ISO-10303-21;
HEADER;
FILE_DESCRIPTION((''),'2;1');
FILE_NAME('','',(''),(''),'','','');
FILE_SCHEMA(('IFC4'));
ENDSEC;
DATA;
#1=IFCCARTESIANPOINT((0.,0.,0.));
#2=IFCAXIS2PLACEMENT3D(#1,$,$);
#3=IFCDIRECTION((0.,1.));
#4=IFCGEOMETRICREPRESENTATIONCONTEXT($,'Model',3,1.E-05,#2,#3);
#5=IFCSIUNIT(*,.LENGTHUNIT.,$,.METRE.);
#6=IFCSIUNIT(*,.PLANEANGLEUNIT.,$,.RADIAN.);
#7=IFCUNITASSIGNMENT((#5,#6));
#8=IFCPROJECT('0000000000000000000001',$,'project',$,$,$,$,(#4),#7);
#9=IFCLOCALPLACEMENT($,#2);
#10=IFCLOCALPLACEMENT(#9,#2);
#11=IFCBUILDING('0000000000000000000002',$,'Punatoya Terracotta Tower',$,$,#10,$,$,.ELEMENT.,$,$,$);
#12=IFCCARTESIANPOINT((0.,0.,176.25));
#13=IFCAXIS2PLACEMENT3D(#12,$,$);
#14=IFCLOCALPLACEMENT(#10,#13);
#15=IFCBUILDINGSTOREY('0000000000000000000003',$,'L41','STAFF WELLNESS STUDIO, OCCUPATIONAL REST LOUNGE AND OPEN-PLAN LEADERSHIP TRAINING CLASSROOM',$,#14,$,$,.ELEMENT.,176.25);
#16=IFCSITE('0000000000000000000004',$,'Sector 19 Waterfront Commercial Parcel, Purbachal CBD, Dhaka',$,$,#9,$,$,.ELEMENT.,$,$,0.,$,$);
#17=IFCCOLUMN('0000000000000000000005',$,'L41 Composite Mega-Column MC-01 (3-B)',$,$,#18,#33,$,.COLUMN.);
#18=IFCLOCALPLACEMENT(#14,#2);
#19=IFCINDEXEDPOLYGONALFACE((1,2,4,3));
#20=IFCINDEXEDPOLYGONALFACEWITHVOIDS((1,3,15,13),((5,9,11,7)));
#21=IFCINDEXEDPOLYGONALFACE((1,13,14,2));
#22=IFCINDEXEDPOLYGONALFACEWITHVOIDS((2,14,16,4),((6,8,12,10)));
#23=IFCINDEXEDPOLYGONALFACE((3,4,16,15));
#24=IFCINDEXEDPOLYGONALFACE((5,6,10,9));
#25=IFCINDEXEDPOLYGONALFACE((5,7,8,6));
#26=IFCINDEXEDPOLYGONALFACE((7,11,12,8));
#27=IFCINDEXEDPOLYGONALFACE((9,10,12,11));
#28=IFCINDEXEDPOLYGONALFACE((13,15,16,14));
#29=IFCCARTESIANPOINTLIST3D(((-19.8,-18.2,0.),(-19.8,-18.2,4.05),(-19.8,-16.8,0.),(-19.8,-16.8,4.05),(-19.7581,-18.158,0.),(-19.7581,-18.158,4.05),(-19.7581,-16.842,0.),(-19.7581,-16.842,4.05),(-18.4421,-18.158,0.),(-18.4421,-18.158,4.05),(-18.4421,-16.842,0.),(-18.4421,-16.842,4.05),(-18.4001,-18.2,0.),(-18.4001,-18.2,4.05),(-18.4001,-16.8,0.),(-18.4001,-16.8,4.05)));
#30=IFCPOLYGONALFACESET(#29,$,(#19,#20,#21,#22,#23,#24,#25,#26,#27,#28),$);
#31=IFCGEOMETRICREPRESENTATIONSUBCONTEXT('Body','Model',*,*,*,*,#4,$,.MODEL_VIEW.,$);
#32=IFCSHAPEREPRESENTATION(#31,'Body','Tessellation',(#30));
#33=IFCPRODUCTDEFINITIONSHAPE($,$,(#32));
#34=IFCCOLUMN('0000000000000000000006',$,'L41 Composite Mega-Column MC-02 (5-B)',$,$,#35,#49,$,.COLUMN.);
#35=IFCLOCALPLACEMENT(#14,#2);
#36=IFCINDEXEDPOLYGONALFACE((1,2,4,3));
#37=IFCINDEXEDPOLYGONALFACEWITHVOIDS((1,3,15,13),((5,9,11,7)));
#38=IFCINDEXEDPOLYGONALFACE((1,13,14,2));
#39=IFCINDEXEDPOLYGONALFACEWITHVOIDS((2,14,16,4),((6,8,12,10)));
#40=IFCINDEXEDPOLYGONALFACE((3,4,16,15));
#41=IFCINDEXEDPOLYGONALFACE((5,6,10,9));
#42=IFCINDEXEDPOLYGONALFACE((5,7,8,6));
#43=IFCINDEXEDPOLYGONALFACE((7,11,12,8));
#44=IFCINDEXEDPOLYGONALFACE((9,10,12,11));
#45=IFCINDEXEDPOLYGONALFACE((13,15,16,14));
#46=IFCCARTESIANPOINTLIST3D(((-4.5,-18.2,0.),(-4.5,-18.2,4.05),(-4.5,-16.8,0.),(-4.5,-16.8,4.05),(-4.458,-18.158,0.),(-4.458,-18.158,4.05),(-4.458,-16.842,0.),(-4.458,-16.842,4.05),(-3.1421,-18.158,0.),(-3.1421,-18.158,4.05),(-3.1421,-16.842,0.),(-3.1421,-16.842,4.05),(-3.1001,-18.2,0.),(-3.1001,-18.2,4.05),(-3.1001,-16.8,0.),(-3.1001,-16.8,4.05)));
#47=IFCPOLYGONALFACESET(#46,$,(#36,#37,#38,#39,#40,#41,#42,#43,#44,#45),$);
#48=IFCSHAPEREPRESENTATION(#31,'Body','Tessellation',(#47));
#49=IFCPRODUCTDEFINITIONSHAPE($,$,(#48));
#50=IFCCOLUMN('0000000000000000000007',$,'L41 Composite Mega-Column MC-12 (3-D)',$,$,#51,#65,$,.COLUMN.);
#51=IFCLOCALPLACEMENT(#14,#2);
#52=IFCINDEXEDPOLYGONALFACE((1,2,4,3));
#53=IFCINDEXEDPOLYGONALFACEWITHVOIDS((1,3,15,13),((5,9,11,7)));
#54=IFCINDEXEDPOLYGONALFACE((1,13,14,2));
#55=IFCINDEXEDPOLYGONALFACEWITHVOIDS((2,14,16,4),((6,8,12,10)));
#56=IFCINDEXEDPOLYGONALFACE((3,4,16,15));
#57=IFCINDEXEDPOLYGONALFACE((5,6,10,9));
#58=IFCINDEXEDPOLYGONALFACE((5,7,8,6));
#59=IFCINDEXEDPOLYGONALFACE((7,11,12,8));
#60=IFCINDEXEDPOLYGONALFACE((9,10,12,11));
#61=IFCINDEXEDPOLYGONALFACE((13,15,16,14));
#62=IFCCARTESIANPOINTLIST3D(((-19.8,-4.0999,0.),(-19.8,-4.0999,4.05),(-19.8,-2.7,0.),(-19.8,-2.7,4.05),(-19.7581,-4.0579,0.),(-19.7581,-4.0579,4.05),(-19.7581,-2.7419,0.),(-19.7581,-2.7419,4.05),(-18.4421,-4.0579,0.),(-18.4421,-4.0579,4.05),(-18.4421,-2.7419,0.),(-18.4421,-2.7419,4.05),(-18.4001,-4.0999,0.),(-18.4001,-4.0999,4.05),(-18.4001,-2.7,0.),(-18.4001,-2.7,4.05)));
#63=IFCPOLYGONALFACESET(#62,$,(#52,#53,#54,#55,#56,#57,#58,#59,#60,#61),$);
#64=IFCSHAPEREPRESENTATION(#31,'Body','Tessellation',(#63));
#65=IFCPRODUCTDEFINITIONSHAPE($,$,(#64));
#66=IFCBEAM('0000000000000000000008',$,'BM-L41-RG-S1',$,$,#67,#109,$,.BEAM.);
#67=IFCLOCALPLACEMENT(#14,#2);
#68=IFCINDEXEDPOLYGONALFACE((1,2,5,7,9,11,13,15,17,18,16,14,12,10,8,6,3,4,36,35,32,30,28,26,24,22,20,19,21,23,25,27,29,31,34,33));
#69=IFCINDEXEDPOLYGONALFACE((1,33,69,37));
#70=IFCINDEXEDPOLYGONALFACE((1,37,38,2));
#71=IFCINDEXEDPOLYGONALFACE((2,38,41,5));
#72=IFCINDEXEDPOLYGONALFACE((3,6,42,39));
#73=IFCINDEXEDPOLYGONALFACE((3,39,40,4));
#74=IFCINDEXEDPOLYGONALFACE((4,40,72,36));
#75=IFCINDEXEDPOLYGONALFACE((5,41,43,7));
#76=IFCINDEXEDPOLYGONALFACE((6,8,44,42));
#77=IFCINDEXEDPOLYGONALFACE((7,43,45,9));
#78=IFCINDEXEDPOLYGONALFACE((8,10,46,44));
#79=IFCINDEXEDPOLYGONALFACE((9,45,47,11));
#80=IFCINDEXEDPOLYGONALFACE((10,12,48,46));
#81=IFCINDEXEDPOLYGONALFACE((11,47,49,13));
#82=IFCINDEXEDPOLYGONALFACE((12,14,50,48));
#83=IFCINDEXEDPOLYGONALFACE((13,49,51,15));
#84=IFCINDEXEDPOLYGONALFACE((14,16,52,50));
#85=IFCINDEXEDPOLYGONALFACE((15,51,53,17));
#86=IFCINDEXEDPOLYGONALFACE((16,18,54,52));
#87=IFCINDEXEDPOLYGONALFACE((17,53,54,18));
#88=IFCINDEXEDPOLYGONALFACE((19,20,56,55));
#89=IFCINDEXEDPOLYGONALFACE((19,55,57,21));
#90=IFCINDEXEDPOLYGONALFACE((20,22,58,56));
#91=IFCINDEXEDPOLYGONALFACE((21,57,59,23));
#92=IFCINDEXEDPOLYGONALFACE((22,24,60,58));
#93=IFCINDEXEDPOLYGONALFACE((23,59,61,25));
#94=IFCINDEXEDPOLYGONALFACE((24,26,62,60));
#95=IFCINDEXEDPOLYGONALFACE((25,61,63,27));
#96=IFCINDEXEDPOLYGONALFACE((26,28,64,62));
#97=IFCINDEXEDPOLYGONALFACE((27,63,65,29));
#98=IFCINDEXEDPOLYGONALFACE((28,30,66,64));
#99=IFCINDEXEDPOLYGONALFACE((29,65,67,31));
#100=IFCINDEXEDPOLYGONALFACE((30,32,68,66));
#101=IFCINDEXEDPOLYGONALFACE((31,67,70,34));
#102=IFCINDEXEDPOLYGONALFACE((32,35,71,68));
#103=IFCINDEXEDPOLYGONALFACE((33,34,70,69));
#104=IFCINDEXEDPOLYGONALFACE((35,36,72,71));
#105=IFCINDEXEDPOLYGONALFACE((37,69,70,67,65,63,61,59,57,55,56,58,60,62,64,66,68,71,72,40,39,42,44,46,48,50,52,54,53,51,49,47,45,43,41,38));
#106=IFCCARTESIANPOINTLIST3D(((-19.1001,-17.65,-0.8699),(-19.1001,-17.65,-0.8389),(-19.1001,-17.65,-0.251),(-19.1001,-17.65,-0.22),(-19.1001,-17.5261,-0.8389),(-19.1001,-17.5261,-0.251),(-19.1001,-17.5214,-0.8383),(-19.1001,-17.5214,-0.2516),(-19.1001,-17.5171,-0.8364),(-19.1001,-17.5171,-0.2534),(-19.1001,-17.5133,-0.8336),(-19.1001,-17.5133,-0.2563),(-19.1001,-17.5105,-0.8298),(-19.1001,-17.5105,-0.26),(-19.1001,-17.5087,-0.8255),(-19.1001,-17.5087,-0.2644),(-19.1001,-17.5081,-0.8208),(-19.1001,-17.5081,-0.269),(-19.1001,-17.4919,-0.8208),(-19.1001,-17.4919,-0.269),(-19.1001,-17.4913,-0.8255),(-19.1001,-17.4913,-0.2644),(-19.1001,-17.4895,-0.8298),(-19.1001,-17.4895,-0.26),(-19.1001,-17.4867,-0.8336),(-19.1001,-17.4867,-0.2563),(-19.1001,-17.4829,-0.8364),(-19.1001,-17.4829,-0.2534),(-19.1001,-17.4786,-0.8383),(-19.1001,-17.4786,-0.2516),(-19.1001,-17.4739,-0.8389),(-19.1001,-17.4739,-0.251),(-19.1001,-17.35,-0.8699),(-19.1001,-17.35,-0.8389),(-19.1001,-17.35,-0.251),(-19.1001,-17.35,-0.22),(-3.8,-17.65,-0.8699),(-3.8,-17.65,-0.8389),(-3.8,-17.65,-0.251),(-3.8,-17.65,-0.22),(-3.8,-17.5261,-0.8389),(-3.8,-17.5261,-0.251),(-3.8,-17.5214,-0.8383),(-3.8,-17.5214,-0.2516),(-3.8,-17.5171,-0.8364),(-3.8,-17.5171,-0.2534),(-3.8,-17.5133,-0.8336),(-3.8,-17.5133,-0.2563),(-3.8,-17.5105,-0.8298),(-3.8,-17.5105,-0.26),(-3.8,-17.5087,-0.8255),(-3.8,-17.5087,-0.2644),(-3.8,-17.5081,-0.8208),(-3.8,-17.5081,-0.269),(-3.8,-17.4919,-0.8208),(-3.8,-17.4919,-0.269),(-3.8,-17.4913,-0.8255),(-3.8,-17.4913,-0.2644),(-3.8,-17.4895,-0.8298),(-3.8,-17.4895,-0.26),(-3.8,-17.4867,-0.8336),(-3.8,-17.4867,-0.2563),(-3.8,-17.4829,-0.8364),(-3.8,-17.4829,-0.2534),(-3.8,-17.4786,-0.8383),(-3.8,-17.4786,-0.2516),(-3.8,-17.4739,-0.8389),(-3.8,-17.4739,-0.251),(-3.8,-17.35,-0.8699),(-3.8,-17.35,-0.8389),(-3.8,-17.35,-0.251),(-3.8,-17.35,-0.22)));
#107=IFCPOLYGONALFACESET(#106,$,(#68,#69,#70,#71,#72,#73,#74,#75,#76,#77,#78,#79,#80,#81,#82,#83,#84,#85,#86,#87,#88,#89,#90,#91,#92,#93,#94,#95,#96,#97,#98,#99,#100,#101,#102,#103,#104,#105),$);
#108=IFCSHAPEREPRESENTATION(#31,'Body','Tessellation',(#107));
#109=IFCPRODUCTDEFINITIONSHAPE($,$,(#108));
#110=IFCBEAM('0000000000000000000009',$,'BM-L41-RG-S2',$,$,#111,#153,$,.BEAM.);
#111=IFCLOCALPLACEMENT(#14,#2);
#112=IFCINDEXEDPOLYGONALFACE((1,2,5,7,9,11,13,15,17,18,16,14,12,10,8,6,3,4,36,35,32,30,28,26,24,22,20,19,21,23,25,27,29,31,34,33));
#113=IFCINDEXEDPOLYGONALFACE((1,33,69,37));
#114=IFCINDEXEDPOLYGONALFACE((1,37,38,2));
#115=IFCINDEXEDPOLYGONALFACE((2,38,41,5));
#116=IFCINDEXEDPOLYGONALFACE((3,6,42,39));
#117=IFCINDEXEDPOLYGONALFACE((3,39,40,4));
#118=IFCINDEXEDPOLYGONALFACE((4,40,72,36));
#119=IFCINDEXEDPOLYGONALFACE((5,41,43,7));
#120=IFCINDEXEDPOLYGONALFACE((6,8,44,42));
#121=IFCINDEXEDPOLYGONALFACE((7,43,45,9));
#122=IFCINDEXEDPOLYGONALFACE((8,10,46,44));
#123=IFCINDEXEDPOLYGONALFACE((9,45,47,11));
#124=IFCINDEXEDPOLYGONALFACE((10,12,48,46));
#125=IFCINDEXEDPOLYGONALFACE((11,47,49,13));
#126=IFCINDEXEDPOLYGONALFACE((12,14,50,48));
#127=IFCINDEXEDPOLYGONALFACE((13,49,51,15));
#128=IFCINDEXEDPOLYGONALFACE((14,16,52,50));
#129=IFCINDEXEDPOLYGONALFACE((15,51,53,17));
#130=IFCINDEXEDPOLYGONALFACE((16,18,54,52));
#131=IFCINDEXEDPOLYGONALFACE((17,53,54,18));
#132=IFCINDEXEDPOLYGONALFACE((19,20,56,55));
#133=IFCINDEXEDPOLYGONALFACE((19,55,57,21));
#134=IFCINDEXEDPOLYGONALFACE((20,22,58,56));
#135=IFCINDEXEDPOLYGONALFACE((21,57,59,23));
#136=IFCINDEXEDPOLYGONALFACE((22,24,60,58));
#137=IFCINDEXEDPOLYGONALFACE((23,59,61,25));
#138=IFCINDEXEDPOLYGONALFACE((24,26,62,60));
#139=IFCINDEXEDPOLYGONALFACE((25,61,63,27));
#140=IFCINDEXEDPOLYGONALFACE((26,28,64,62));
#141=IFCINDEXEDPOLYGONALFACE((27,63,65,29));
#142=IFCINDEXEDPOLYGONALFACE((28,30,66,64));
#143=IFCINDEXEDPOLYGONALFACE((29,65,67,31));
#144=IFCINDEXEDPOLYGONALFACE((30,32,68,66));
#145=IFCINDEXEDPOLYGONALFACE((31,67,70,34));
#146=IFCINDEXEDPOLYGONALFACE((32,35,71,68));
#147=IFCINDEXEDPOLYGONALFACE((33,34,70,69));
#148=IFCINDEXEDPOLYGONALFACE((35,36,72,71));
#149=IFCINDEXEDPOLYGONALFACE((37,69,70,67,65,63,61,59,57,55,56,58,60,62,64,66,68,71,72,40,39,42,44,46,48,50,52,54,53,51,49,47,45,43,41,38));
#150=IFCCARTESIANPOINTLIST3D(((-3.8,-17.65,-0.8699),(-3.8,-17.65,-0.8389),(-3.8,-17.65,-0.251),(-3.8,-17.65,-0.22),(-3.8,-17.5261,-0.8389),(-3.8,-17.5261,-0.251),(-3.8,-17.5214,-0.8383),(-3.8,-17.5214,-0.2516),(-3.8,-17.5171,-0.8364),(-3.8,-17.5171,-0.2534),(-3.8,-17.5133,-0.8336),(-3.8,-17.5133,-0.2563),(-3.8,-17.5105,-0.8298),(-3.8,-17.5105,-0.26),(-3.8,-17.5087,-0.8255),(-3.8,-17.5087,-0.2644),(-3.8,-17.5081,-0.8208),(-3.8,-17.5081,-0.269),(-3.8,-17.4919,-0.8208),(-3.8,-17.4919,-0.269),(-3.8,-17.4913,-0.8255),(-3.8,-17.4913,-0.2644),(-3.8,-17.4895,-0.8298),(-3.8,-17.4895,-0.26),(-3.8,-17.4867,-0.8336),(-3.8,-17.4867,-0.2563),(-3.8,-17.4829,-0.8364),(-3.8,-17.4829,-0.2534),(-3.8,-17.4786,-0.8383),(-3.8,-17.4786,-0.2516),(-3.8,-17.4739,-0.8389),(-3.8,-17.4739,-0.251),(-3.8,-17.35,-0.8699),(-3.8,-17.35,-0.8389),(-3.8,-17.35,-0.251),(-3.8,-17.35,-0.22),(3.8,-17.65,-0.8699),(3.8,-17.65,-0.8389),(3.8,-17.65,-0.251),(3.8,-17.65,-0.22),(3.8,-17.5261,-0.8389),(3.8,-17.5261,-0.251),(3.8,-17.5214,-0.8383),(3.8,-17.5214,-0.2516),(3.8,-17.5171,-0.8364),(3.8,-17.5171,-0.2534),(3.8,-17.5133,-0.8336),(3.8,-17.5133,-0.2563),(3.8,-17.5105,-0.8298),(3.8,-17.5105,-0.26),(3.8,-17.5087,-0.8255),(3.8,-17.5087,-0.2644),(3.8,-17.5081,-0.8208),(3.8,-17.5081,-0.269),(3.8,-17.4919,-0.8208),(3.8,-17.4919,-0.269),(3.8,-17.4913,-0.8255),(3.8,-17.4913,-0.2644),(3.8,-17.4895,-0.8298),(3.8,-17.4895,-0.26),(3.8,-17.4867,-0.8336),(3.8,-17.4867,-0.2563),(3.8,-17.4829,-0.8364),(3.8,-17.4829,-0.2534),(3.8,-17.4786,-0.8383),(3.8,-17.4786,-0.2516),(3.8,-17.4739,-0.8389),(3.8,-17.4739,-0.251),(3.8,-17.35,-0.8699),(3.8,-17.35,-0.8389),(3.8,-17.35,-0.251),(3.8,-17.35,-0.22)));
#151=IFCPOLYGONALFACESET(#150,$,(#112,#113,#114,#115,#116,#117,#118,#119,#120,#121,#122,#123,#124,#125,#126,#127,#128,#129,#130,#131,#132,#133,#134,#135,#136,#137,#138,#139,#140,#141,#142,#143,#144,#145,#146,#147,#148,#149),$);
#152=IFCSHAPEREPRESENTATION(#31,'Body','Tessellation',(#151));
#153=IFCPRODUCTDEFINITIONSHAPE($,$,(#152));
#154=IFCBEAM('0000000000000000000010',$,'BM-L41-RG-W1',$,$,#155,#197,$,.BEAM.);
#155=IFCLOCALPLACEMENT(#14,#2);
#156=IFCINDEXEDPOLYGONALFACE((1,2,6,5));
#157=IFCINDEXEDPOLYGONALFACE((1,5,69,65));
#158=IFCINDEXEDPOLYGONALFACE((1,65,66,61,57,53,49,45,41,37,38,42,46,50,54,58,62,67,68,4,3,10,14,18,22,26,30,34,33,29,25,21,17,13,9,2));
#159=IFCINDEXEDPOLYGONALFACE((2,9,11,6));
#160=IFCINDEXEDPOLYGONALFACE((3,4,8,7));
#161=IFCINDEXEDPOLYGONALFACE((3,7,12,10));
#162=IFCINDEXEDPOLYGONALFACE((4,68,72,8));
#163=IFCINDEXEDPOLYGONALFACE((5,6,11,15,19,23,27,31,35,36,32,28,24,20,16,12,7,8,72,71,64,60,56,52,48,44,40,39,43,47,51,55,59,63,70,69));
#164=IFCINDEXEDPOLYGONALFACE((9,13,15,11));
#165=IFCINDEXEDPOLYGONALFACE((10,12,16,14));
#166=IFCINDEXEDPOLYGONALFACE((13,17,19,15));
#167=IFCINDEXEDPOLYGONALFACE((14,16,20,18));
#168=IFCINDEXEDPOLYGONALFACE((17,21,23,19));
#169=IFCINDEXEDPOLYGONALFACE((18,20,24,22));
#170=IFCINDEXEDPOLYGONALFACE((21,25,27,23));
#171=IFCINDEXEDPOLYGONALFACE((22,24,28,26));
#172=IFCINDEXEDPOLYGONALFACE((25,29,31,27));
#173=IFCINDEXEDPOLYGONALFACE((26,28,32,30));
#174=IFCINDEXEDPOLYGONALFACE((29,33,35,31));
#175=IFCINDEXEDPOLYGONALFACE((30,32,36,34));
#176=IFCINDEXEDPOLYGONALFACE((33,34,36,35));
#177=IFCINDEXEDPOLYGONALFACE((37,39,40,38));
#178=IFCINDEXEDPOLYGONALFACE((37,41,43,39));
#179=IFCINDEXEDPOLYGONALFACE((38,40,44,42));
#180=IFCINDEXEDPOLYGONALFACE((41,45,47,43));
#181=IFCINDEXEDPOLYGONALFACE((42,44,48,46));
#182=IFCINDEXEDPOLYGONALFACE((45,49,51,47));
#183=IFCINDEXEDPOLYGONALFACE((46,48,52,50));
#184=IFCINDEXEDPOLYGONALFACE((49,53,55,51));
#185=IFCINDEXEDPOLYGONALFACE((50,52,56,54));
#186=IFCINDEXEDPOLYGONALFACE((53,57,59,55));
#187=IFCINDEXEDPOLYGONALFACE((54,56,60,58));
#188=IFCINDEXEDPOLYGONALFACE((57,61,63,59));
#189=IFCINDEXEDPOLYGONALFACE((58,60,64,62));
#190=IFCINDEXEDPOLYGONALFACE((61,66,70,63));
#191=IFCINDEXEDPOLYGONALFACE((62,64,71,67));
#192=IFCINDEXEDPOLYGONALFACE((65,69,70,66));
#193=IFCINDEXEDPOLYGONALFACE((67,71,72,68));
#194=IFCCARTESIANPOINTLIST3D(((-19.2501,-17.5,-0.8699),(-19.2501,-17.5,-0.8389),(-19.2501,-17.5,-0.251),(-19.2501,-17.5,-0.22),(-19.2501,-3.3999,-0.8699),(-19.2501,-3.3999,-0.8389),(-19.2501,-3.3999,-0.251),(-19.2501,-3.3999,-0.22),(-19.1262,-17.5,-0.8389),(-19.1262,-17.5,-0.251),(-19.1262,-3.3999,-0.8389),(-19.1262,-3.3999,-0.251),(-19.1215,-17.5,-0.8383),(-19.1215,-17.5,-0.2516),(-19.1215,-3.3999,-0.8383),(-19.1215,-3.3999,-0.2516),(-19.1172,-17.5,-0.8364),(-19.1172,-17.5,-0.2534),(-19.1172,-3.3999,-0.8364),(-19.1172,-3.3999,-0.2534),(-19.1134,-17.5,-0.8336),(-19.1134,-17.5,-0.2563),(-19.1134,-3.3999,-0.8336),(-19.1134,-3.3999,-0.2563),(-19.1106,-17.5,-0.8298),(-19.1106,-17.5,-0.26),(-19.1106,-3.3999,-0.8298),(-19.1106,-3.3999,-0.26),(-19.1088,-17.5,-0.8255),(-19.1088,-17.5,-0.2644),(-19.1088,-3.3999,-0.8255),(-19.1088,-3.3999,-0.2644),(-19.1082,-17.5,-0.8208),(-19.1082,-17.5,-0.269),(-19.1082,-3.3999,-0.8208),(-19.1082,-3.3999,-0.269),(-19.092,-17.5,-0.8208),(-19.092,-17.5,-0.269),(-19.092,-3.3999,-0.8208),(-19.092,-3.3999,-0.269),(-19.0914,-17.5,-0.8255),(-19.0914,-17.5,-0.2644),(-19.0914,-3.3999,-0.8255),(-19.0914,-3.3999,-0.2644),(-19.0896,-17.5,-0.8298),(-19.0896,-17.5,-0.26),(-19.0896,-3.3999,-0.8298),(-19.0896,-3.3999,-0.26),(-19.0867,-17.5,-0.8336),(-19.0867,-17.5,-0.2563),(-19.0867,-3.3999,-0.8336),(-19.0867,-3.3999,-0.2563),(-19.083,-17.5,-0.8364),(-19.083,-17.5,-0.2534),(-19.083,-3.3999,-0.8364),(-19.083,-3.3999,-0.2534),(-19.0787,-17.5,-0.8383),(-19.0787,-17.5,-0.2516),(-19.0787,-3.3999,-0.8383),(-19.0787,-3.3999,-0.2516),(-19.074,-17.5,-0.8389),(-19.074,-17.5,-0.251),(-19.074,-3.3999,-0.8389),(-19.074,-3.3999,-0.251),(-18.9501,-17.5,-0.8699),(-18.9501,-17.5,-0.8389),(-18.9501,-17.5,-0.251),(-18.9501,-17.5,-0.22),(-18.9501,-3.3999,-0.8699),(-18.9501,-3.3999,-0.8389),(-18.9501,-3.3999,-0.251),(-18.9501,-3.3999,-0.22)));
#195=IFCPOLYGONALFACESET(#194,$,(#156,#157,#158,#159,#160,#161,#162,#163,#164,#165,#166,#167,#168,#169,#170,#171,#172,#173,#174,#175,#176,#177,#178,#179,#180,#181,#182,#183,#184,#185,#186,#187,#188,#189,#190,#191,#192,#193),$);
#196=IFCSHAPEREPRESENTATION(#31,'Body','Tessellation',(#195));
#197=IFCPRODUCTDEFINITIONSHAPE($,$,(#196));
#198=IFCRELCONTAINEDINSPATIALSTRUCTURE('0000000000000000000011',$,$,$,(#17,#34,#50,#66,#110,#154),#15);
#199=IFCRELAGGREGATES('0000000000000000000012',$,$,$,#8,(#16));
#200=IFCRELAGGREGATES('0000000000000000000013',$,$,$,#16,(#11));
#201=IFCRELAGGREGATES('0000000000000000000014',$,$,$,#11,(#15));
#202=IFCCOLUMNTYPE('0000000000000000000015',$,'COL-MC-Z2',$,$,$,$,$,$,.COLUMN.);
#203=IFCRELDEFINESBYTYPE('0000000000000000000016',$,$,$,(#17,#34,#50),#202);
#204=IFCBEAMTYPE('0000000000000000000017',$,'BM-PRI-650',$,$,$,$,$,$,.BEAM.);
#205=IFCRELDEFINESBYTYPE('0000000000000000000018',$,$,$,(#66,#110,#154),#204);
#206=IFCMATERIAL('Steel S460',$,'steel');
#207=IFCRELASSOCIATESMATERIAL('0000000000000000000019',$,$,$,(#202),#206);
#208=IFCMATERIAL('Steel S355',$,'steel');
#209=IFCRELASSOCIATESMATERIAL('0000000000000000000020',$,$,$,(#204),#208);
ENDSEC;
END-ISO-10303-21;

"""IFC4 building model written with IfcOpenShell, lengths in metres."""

from ifc_helpers import new_model, si_unit, direction, frame, origin, origin_2d, place, context, subcontext, project, spatial, hollow_rectangle, i_section, extrude, material, material_profile, profile_set, type_object, element, save


model = new_model("IFC4")

# Units and contexts
model_context = context("Model", 3, precision=1e-05, world=origin(), true_north=direction((0.0, 1.0)))
body_context = subcontext(model_context, "Body", "Model", "MODEL_VIEW")
ifc_project = project(units=[si_unit("LENGTHUNIT", "METRE"), si_unit("PLANEANGLEUNIT", "RADIAN")], contexts=[model_context])

# Site, building, storey
site_placement = place(None, origin())
site = spatial("IfcSite", under=ifc_project, at=site_placement, Name="Sector 19 Waterfront Commercial Parcel, Purbachal CBD, Dhaka", CompositionType="ELEMENT", RefElevation=0.0)
building_placement = place(site_placement, origin())
building = spatial("IfcBuilding", under=site, at=building_placement, Name="Punatoya Terracotta Tower", CompositionType="ELEMENT")
storey_placement = place(building_placement, frame((0.0, 0.0, 176.25)))
storey = spatial("IfcBuildingStorey", under=building, at=storey_placement, Name="L41", Description="STAFF WELLNESS STUDIO, OCCUPATIONAL REST LOUNGE AND OPEN-PLAN LEADERSHIP TRAINING CLASSROOM", CompositionType="ELEMENT", Elevation=176.25)

# Columns
ifc_material_1 = material(Name="Steel S460", Category="steel")
ifc_material_profile_1 = material_profile(ifc_material_1, hollow_rectangle(XDim=1.3999, YDim=1.3999, WallThickness=0.042, at=origin_2d()))
ifc_profile_set_1 = profile_set([ifc_material_profile_1], Name="Steel S460")
column_type = type_object("IfcColumnType", Name="COL-MC-Z2", PredefinedType="COLUMN", material=ifc_profile_set_1)
for number, where, z_axis, x_axis, name in (
    (1, (-19.1001, -17.5, 0.0), (0.0, 0.0, 1.0), (1.0, 0.0, 0.0), "L41 Composite Mega-Column MC-01 (3-B)"),
    (2, (-3.8, -17.5, 0.0), (0.0, 0.0, 1.0), (1.0, 0.0, 0.0), "L41 Composite Mega-Column MC-02 (5-B)"),
    (3, (-19.1001, -3.3999, 0.0), (0.0, 0.0, 1.0), (1.0, 0.0, 0.0), "L41 Composite Mega-Column MC-12 (3-D)"),
):
    element("IfcColumn", number, at=place(storey_placement, frame(where, z_axis=z_axis, x_axis=x_axis)), inside=storey, type_object=column_type, Name=name, PredefinedType="COLUMN", context=body_context, shape_type="SweptSolid", body=[
        extrude(hollow_rectangle(XDim=1.3999, YDim=1.3999, WallThickness=0.042, at=origin_2d()), origin(), (0.0, 0.0, 1.0), 4.05),
    ])

# Beams
ifc_material_2 = material(Name="Steel S355", Category="steel")
ifc_material_profile_2 = material_profile(ifc_material_2, i_section(OverallWidth=0.3, OverallDepth=0.6499, WebThickness=0.0161, FlangeThickness=0.031, FilletRadius=0.0181, at=origin_2d()))
ifc_profile_set_2 = profile_set([ifc_material_profile_2], Name="Steel S355")
beam_type_1 = type_object("IfcBeamType", Name="BM-PRI-650", PredefinedType="BEAM", material=ifc_profile_set_2)
beam_1_placement = place(storey_placement, frame((-19.1001, -17.5, -0.5449), z_axis=(1.0, 0.0, 0.0), x_axis=(0.0, 1.0, 0.0)))
element("IfcBeam", 4, at=beam_1_placement, inside=storey, type_object=beam_type_1, Name="BM-L41-RG-S1", PredefinedType="BEAM", context=body_context, shape_type="SweptSolid", body=[
    extrude(i_section(OverallWidth=0.3, OverallDepth=0.6499, WebThickness=0.0161, FlangeThickness=0.031, FilletRadius=0.0181, at=origin_2d()), origin(), (0.0, 0.0, 1.0), 15.3),
])
beam_2_placement = place(storey_placement, frame((-3.8, -17.5, -0.5449), z_axis=(1.0, 0.0, 0.0), x_axis=(0.0, 1.0, 0.0)))
element("IfcBeam", 5, at=beam_2_placement, inside=storey, type_object=beam_type_1, Name="BM-L41-RG-S2", PredefinedType="BEAM", context=body_context, shape_type="SweptSolid", body=[
    extrude(i_section(OverallWidth=0.3, OverallDepth=0.6499, WebThickness=0.0161, FlangeThickness=0.031, FilletRadius=0.0181, at=origin_2d()), origin(), (0.0, 0.0, 1.0), 7.6001),
])
beam_3_placement = place(storey_placement, frame((-19.1001, -17.5, -0.5449), z_axis=(0.0, 1.0, 0.0), x_axis=(-1.0, 0.0, 0.0)))
element("IfcBeam", 6, at=beam_3_placement, inside=storey, type_object=beam_type_1, Name="BM-L41-RG-W1", PredefinedType="BEAM", context=body_context, shape_type="SweptSolid", body=[
    extrude(i_section(OverallWidth=0.3, OverallDepth=0.6499, WebThickness=0.0161, FlangeThickness=0.031, FilletRadius=0.0181, at=origin_2d()), origin(), (0.0, 0.0, 1.0), 14.1001),
])

save(model, "model.ifc")
